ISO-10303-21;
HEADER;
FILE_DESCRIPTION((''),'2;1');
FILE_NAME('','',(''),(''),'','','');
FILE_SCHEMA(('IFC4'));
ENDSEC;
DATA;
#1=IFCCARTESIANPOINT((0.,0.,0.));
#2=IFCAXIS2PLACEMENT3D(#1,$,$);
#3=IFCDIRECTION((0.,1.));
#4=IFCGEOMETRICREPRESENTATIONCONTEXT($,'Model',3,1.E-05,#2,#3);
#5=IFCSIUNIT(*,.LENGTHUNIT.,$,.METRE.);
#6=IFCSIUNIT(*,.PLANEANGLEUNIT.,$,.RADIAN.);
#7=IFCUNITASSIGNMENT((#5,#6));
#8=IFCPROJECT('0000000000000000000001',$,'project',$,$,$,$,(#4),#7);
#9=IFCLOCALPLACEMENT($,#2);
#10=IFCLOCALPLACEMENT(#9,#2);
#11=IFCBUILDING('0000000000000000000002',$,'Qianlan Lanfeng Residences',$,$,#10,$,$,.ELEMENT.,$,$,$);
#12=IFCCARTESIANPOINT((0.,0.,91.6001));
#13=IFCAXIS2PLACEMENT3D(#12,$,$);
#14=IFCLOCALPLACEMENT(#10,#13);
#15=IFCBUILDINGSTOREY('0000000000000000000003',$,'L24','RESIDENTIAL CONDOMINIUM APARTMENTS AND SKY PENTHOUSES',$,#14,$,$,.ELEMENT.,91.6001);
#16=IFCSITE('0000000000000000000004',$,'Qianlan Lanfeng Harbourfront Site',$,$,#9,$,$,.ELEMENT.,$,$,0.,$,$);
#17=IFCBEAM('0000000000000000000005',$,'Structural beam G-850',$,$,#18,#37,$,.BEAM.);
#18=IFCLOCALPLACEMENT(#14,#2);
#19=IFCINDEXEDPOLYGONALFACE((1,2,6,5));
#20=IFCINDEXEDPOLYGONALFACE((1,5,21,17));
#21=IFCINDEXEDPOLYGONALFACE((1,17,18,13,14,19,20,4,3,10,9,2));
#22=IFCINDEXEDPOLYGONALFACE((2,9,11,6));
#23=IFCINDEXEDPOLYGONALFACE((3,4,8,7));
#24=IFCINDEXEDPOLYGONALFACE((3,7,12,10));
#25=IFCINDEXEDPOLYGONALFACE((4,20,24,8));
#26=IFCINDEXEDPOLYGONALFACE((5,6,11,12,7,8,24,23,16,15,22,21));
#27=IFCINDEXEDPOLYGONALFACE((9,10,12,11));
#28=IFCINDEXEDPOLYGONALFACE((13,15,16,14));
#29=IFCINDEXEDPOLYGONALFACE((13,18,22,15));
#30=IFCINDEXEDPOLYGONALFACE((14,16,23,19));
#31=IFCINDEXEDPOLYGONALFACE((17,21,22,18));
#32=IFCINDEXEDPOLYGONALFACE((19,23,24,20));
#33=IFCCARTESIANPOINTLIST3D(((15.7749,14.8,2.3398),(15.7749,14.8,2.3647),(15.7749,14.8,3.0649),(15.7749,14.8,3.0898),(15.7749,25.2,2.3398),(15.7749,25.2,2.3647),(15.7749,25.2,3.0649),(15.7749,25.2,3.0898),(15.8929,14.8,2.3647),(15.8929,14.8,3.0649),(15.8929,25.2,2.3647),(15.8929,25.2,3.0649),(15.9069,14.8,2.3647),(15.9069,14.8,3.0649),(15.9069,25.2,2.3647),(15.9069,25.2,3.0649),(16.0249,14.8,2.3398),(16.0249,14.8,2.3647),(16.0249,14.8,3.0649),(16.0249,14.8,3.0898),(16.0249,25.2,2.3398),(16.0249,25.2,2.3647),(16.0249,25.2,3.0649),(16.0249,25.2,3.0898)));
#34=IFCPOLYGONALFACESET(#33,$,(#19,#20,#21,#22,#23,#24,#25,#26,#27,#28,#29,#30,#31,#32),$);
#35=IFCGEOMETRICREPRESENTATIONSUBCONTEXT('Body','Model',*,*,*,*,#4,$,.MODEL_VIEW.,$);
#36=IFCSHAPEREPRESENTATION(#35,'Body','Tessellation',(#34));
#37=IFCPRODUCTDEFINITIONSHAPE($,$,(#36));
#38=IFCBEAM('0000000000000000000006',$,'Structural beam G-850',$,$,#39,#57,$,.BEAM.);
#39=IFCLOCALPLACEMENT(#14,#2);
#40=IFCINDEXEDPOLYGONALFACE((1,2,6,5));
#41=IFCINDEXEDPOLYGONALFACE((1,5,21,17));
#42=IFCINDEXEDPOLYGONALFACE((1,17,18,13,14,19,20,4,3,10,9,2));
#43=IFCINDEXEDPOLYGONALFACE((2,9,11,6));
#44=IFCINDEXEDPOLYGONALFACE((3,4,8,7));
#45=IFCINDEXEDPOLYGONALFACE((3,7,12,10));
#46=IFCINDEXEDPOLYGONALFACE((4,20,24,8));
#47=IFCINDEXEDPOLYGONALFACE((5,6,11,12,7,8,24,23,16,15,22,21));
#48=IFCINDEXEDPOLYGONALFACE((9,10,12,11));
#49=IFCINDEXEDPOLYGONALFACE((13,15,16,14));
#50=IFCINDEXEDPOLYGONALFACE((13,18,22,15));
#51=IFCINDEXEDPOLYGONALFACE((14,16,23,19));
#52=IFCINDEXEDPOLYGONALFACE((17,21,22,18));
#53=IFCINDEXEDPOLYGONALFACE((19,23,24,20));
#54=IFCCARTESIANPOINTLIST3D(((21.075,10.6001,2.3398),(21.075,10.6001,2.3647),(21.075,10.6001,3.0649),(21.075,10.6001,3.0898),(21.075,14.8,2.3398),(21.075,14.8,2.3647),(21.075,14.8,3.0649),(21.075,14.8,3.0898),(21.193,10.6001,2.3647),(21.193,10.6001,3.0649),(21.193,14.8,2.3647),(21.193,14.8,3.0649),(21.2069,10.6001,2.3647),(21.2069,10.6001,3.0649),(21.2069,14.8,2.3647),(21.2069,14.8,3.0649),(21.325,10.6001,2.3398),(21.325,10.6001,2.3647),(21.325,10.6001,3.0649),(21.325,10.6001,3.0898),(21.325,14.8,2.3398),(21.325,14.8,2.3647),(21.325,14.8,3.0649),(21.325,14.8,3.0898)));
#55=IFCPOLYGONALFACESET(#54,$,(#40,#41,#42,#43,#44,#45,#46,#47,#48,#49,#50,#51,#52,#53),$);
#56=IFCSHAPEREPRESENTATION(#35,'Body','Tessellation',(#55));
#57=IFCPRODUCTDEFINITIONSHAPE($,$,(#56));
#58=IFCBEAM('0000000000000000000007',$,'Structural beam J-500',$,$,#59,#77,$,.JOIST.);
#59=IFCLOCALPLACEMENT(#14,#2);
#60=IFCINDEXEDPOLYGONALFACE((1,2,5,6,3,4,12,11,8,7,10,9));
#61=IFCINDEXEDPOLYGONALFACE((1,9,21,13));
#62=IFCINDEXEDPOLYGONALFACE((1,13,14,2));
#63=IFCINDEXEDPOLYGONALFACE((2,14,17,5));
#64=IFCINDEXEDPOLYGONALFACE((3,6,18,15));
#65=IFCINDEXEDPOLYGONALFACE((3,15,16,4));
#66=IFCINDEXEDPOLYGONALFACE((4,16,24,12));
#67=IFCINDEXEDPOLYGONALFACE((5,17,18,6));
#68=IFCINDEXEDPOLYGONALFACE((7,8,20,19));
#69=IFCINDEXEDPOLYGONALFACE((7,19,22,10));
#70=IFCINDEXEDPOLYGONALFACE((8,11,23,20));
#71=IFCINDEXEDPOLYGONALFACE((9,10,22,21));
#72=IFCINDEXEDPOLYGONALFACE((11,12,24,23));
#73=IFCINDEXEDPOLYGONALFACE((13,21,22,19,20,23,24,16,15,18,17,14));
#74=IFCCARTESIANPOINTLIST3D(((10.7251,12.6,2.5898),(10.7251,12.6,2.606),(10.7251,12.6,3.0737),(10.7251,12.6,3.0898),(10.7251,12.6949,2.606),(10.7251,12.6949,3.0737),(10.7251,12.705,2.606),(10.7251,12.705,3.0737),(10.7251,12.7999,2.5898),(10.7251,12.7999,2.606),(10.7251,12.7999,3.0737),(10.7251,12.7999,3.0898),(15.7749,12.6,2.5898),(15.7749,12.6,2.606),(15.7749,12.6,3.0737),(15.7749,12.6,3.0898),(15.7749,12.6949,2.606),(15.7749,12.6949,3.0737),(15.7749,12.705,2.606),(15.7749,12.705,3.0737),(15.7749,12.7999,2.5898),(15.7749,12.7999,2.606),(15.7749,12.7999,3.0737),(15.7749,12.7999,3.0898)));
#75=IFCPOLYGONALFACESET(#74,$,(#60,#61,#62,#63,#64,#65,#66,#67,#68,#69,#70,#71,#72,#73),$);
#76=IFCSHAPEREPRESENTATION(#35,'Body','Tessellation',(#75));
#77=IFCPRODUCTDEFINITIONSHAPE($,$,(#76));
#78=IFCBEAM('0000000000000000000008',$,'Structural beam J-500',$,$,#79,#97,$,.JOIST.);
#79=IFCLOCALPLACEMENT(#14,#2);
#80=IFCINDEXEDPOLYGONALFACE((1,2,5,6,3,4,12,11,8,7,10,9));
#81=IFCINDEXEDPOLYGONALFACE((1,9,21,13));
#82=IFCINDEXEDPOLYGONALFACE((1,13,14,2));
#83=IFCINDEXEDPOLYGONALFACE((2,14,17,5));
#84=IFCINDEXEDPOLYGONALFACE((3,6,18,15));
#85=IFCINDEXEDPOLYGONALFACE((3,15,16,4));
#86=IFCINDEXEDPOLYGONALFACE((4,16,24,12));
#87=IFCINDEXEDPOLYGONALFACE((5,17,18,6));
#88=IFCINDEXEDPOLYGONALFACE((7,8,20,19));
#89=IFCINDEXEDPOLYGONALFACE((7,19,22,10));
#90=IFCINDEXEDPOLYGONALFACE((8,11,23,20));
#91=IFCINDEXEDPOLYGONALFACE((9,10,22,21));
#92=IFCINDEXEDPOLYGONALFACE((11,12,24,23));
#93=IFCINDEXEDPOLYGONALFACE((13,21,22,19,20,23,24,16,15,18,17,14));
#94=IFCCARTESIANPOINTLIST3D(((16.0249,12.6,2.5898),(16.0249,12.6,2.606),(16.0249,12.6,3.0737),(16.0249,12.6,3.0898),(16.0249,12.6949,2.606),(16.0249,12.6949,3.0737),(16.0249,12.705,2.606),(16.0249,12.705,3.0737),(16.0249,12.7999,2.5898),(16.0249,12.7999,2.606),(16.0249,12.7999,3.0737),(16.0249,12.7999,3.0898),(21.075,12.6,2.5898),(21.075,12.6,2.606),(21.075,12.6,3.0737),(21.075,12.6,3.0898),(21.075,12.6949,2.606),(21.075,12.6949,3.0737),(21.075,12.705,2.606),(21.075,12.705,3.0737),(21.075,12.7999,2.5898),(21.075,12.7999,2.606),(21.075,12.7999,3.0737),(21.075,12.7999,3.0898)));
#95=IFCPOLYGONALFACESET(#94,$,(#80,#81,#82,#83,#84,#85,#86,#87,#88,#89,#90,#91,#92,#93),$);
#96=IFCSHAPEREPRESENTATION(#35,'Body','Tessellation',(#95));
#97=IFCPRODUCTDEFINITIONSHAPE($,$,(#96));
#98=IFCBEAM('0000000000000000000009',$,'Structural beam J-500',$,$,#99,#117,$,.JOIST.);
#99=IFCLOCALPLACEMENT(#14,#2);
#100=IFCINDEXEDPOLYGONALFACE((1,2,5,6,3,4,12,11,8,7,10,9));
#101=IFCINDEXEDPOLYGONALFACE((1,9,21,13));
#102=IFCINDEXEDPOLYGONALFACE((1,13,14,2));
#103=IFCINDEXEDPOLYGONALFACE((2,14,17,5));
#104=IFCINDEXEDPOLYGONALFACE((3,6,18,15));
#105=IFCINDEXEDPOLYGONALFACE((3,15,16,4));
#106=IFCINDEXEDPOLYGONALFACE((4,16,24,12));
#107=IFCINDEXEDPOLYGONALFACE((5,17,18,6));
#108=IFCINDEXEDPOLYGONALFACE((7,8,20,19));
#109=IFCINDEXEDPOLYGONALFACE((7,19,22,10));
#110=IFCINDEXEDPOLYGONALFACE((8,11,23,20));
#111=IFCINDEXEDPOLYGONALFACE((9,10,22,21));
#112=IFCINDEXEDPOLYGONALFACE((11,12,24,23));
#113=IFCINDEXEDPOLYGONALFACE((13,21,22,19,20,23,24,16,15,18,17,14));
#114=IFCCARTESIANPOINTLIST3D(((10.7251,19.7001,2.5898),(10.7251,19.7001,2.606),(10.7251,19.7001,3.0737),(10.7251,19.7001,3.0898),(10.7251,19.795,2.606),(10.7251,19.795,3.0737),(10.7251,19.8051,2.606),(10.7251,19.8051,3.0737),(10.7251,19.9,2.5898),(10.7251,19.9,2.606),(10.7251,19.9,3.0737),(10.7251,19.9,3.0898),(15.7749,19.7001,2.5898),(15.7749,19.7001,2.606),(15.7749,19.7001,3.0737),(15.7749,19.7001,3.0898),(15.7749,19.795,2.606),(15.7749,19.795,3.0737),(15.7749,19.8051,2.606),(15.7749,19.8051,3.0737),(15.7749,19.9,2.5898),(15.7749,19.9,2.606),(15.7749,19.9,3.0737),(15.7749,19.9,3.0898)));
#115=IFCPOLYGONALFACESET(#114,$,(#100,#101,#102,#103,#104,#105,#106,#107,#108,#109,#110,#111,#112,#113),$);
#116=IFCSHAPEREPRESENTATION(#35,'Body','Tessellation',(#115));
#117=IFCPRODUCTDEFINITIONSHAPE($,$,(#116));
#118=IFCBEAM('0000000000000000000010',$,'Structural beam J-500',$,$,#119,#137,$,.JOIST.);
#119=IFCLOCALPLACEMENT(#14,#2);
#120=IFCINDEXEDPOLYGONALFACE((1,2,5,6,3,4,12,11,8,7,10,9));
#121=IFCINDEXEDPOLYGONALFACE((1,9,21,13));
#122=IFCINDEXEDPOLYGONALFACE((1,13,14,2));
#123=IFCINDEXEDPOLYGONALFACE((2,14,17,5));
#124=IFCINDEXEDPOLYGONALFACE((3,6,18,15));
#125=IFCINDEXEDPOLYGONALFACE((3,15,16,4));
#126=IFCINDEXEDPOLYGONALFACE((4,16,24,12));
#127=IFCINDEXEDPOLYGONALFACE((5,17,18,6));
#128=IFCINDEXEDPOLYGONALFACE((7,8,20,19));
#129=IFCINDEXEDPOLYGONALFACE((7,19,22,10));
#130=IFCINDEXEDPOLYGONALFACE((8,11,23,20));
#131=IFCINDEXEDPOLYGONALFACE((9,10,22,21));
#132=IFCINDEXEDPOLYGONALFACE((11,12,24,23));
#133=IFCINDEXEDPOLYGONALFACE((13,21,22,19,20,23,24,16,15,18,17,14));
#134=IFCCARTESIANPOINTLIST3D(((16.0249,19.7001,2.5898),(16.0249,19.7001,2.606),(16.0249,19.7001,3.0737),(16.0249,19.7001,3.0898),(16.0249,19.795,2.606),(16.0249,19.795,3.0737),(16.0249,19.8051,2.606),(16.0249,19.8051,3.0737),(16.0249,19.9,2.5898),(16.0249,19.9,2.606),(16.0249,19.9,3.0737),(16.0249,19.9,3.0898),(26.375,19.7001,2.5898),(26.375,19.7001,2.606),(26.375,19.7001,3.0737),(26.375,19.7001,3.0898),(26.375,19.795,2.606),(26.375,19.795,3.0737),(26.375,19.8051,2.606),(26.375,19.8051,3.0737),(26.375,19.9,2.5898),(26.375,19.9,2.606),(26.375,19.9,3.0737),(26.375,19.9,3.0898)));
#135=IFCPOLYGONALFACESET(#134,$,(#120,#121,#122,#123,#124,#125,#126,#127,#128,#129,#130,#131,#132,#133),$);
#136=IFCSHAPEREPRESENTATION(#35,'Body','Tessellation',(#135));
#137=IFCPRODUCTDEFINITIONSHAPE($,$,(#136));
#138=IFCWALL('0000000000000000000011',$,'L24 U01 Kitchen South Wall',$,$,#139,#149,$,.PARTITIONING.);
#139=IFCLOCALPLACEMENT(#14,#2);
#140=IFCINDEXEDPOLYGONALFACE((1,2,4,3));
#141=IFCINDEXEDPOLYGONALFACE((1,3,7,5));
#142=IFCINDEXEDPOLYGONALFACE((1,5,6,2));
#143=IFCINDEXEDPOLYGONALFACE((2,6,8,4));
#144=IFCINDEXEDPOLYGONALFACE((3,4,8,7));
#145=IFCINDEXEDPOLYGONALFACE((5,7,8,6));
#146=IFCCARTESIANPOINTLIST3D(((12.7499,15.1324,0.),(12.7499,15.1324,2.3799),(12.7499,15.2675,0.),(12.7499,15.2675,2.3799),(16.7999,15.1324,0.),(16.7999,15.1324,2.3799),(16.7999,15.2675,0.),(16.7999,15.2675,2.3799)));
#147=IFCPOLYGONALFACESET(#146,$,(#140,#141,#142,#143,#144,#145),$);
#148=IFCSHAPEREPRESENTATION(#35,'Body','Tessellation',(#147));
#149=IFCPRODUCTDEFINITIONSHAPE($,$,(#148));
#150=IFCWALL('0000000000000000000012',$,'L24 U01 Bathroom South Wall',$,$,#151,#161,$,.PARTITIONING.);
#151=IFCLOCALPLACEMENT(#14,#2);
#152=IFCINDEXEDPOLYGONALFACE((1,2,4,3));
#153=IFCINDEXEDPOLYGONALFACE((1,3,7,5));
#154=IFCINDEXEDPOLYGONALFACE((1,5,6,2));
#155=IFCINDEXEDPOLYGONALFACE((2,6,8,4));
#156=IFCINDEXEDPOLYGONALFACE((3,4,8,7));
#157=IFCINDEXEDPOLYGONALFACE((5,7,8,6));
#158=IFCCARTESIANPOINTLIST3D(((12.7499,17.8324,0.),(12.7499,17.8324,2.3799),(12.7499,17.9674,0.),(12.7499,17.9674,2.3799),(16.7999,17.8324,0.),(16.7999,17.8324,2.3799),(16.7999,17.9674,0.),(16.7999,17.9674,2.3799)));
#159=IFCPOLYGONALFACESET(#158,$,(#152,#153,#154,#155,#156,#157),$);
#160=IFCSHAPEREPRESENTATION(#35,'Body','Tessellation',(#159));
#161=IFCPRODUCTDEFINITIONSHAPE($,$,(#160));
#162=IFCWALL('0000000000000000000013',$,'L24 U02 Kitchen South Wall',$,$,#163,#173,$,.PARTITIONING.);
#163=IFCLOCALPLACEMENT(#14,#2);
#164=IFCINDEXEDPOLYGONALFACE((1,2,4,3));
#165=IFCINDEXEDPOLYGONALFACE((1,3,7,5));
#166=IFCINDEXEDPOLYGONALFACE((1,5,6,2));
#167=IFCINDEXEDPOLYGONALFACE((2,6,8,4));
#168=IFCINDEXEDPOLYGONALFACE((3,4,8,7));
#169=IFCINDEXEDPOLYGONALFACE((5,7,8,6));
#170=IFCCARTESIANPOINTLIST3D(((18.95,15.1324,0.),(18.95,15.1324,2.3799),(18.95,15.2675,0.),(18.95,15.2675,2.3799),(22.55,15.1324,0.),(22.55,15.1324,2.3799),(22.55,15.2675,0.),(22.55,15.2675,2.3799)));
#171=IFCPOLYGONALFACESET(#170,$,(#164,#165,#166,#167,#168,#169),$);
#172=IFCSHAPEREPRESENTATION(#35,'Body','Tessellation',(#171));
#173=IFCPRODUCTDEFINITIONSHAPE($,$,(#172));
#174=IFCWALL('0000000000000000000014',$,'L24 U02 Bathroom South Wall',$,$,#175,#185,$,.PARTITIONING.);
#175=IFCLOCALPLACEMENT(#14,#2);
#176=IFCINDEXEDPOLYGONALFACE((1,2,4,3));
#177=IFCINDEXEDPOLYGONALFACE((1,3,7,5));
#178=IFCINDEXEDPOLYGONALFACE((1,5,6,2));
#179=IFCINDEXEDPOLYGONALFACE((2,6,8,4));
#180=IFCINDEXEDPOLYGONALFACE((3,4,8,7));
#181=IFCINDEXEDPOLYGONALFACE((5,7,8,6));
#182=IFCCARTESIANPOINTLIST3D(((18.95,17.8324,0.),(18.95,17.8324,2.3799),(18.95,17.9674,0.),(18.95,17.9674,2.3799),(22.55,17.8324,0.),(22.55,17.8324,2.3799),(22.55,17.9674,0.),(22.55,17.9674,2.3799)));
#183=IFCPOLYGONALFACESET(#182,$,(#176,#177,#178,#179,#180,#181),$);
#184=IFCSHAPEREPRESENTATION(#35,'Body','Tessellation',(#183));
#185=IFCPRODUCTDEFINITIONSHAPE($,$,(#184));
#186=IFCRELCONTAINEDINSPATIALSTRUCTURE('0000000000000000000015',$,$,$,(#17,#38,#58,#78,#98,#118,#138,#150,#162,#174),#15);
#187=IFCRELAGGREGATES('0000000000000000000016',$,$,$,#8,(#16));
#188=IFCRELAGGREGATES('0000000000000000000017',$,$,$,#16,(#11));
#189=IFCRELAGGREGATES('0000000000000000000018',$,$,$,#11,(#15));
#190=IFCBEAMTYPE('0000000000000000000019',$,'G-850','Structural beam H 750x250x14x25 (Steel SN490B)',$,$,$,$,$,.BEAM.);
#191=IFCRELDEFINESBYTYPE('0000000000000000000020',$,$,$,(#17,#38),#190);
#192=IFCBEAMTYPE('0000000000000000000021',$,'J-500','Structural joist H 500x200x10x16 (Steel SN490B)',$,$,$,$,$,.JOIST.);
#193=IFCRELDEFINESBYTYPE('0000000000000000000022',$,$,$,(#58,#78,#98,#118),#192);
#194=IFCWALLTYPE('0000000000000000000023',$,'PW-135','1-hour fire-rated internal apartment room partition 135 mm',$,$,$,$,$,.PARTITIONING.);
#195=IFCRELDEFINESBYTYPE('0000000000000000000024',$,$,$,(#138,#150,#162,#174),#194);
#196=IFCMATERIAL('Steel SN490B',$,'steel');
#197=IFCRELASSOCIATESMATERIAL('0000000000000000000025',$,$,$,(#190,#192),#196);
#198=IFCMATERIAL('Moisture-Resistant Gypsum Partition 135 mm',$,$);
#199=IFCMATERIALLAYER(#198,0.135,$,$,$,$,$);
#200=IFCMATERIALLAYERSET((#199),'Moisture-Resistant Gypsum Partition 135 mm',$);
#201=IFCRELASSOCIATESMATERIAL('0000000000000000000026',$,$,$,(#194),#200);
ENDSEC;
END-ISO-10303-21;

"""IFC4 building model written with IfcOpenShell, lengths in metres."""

from ifc_helpers import new_model, si_unit, direction, frame, frame_2d, origin, origin_2d, place, context, subcontext, project, spatial, rectangle, i_section, extrude, material, layer, layer_set, material_profile, profile_set, type_object, element, save


model = new_model("IFC4")

# Units and contexts
model_context = context("Model", 3, precision=1e-05, world=origin(), true_north=direction((0.0, 1.0)))
body_context = subcontext(model_context, "Body", "Model", "MODEL_VIEW")
ifc_project = project(units=[si_unit("LENGTHUNIT", "METRE"), si_unit("PLANEANGLEUNIT", "RADIAN")], contexts=[model_context])

# Site, building, storey
site_placement = place(None, origin())
site = spatial("IfcSite", under=ifc_project, at=site_placement, Name="Qianlan Lanfeng Harbourfront Site", CompositionType="ELEMENT", RefElevation=0.0)
building_placement = place(site_placement, origin())
building = spatial("IfcBuilding", under=site, at=building_placement, Name="Qianlan Lanfeng Residences", CompositionType="ELEMENT")
storey_placement = place(building_placement, frame((0.0, 0.0, 91.6001)))
storey = spatial("IfcBuildingStorey", under=building, at=storey_placement, Name="L24", Description="RESIDENTIAL CONDOMINIUM APARTMENTS AND SKY PENTHOUSES", CompositionType="ELEMENT", Elevation=91.6001)

# Shared definitions
ifc_material_1 = material(Name="Steel SN490B", Category="steel")

# Beams
ifc_material_profile_1 = material_profile(ifc_material_1, i_section(OverallWidth=0.25, OverallDepth=0.75, WebThickness=0.0139, FlangeThickness=0.0249, at=origin_2d()), Name="H 750x250x14x25")
ifc_profile_set_1 = profile_set([ifc_material_profile_1], Name="Steel SN490B")
beam_type_1 = type_object("IfcBeamType", Name="G-850", Description="Structural beam H 750x250x14x25 (Steel SN490B)", PredefinedType="BEAM", material=ifc_profile_set_1)
beam_1_placement = place(storey_placement, frame((15.8999, 14.8, 2.7148), z_axis=(0.0, 1.0, 0.0), x_axis=(-1.0, 0.0, 0.0)))
element("IfcBeam", 1, at=beam_1_placement, inside=storey, type_object=beam_type_1, Name="Structural beam G-850", PredefinedType="BEAM", context=body_context, shape_type="SweptSolid", body=[
    extrude(i_section(OverallWidth=0.25, OverallDepth=0.75, WebThickness=0.0139, FlangeThickness=0.0249, at=origin_2d()), origin(), (0.0, 0.0, 1.0), 10.3999),
])
beam_2_placement = place(storey_placement, frame((21.2, 10.6001, 2.7148), z_axis=(0.0, 1.0, 0.0), x_axis=(-1.0, 0.0, 0.0)))
element("IfcBeam", 2, at=beam_2_placement, inside=storey, type_object=beam_type_1, Name="Structural beam G-850", PredefinedType="BEAM", context=body_context, shape_type="SweptSolid", body=[
    extrude(i_section(OverallWidth=0.25, OverallDepth=0.75, WebThickness=0.0139, FlangeThickness=0.0249, at=origin_2d()), origin(), (0.0, 0.0, 1.0), 4.2),
])
ifc_material_profile_2 = material_profile(ifc_material_1, i_section(OverallWidth=0.2, OverallDepth=0.5, WebThickness=0.01, FlangeThickness=0.0161, at=origin_2d()), Name="H 500x200x10x16")
ifc_profile_set_2 = profile_set([ifc_material_profile_2], Name="Steel SN490B")
beam_type_2 = type_object("IfcBeamType", Name="J-500", Description="Structural joist H 500x200x10x16 (Steel SN490B)", PredefinedType="JOIST", material=ifc_profile_set_2)
beam_3_placement = place(storey_placement, frame((10.7251, 12.7, 2.8398), z_axis=(1.0, 0.0, 0.0), x_axis=(0.0, 1.0, 0.0)))
element("IfcBeam", 3, at=beam_3_placement, inside=storey, type_object=beam_type_2, Name="Structural beam J-500", PredefinedType="JOIST", context=body_context, shape_type="SweptSolid", body=[
    extrude(i_section(OverallWidth=0.2, OverallDepth=0.5, WebThickness=0.01, FlangeThickness=0.0161, at=origin_2d()), origin(), (0.0, 0.0, 1.0), 5.0498),
])
beam_4_placement = place(storey_placement, frame((16.0249, 12.7, 2.8398), z_axis=(1.0, 0.0, 0.0), x_axis=(0.0, 1.0, 0.0)))
element("IfcBeam", 4, at=beam_4_placement, inside=storey, type_object=beam_type_2, Name="Structural beam J-500", PredefinedType="JOIST", context=body_context, shape_type="SweptSolid", body=[
    extrude(i_section(OverallWidth=0.2, OverallDepth=0.5, WebThickness=0.01, FlangeThickness=0.0161, at=origin_2d()), origin(), (0.0, 0.0, 1.0), 5.05),
])
beam_5_placement = place(storey_placement, frame((10.7251, 19.8, 2.8398), z_axis=(1.0, 0.0, 0.0), x_axis=(0.0, 1.0, 0.0)))
element("IfcBeam", 5, at=beam_5_placement, inside=storey, type_object=beam_type_2, Name="Structural beam J-500", PredefinedType="JOIST", context=body_context, shape_type="SweptSolid", body=[
    extrude(i_section(OverallWidth=0.2, OverallDepth=0.5, WebThickness=0.01, FlangeThickness=0.0161, at=origin_2d()), origin(), (0.0, 0.0, 1.0), 5.0498),
])
beam_6_placement = place(storey_placement, frame((16.0249, 19.8, 2.8398), z_axis=(1.0, 0.0, 0.0), x_axis=(0.0, 1.0, 0.0)))
element("IfcBeam", 6, at=beam_6_placement, inside=storey, type_object=beam_type_2, Name="Structural beam J-500", PredefinedType="JOIST", context=body_context, shape_type="SweptSolid", body=[
    extrude(i_section(OverallWidth=0.2, OverallDepth=0.5, WebThickness=0.01, FlangeThickness=0.0161, at=origin_2d()), origin(), (0.0, 0.0, 1.0), 10.3501),
])

# Shared definitions
ifc_material_2 = material(Name="Moisture-Resistant Gypsum Partition 135 mm")
ifc_layer = layer(ifc_material_2, 0.135)
ifc_layer_set = layer_set([ifc_layer], Name="Moisture-Resistant Gypsum Partition 135 mm")
wall_type = type_object("IfcWallType", Name="PW-135", Description="1-hour fire-rated internal apartment room partition 135 mm", PredefinedType="PARTITIONING", material=ifc_layer_set)

# Walls
for number, where, z_axis, x_axis, name in (
    (7, (12.75, 15.2, 0.0), (0.0, 0.0, 1.0), (1.0, 0.0, 0.0), "L24 U01 Kitchen South Wall"),
    (8, (12.75, 17.8999, 0.0), (0.0, 0.0, 1.0), (1.0, 0.0, 0.0), "L24 U01 Bathroom South Wall"),
):
    element("IfcWall", number, at=place(storey_placement, frame(where, z_axis=z_axis, x_axis=x_axis)), inside=storey, type_object=wall_type, Name=name, PredefinedType="PARTITIONING", context=body_context, shape_type="SweptSolid", body=[
        extrude(rectangle(XDim=4.05, YDim=0.135, at=frame_2d((2.0249, 0.0))), origin(), (0.0, 0.0, 1.0), 2.3799),
    ])
for number, where, z_axis, x_axis, name in (
    (9, (18.95, 15.2, 0.0), (0.0, 0.0, 1.0), (1.0, 0.0, 0.0), "L24 U02 Kitchen South Wall"),
    (10, (18.95, 17.8999, 0.0), (0.0, 0.0, 1.0), (1.0, 0.0, 0.0), "L24 U02 Bathroom South Wall"),
):
    element("IfcWall", number, at=place(storey_placement, frame(where, z_axis=z_axis, x_axis=x_axis)), inside=storey, type_object=wall_type, Name=name, PredefinedType="PARTITIONING", context=body_context, shape_type="SweptSolid", body=[
        extrude(rectangle(XDim=3.6001, YDim=0.135, at=frame_2d((1.8, 0.0))), origin(), (0.0, 0.0, 1.0), 2.3799),
    ])

save(model, "model.ifc")
